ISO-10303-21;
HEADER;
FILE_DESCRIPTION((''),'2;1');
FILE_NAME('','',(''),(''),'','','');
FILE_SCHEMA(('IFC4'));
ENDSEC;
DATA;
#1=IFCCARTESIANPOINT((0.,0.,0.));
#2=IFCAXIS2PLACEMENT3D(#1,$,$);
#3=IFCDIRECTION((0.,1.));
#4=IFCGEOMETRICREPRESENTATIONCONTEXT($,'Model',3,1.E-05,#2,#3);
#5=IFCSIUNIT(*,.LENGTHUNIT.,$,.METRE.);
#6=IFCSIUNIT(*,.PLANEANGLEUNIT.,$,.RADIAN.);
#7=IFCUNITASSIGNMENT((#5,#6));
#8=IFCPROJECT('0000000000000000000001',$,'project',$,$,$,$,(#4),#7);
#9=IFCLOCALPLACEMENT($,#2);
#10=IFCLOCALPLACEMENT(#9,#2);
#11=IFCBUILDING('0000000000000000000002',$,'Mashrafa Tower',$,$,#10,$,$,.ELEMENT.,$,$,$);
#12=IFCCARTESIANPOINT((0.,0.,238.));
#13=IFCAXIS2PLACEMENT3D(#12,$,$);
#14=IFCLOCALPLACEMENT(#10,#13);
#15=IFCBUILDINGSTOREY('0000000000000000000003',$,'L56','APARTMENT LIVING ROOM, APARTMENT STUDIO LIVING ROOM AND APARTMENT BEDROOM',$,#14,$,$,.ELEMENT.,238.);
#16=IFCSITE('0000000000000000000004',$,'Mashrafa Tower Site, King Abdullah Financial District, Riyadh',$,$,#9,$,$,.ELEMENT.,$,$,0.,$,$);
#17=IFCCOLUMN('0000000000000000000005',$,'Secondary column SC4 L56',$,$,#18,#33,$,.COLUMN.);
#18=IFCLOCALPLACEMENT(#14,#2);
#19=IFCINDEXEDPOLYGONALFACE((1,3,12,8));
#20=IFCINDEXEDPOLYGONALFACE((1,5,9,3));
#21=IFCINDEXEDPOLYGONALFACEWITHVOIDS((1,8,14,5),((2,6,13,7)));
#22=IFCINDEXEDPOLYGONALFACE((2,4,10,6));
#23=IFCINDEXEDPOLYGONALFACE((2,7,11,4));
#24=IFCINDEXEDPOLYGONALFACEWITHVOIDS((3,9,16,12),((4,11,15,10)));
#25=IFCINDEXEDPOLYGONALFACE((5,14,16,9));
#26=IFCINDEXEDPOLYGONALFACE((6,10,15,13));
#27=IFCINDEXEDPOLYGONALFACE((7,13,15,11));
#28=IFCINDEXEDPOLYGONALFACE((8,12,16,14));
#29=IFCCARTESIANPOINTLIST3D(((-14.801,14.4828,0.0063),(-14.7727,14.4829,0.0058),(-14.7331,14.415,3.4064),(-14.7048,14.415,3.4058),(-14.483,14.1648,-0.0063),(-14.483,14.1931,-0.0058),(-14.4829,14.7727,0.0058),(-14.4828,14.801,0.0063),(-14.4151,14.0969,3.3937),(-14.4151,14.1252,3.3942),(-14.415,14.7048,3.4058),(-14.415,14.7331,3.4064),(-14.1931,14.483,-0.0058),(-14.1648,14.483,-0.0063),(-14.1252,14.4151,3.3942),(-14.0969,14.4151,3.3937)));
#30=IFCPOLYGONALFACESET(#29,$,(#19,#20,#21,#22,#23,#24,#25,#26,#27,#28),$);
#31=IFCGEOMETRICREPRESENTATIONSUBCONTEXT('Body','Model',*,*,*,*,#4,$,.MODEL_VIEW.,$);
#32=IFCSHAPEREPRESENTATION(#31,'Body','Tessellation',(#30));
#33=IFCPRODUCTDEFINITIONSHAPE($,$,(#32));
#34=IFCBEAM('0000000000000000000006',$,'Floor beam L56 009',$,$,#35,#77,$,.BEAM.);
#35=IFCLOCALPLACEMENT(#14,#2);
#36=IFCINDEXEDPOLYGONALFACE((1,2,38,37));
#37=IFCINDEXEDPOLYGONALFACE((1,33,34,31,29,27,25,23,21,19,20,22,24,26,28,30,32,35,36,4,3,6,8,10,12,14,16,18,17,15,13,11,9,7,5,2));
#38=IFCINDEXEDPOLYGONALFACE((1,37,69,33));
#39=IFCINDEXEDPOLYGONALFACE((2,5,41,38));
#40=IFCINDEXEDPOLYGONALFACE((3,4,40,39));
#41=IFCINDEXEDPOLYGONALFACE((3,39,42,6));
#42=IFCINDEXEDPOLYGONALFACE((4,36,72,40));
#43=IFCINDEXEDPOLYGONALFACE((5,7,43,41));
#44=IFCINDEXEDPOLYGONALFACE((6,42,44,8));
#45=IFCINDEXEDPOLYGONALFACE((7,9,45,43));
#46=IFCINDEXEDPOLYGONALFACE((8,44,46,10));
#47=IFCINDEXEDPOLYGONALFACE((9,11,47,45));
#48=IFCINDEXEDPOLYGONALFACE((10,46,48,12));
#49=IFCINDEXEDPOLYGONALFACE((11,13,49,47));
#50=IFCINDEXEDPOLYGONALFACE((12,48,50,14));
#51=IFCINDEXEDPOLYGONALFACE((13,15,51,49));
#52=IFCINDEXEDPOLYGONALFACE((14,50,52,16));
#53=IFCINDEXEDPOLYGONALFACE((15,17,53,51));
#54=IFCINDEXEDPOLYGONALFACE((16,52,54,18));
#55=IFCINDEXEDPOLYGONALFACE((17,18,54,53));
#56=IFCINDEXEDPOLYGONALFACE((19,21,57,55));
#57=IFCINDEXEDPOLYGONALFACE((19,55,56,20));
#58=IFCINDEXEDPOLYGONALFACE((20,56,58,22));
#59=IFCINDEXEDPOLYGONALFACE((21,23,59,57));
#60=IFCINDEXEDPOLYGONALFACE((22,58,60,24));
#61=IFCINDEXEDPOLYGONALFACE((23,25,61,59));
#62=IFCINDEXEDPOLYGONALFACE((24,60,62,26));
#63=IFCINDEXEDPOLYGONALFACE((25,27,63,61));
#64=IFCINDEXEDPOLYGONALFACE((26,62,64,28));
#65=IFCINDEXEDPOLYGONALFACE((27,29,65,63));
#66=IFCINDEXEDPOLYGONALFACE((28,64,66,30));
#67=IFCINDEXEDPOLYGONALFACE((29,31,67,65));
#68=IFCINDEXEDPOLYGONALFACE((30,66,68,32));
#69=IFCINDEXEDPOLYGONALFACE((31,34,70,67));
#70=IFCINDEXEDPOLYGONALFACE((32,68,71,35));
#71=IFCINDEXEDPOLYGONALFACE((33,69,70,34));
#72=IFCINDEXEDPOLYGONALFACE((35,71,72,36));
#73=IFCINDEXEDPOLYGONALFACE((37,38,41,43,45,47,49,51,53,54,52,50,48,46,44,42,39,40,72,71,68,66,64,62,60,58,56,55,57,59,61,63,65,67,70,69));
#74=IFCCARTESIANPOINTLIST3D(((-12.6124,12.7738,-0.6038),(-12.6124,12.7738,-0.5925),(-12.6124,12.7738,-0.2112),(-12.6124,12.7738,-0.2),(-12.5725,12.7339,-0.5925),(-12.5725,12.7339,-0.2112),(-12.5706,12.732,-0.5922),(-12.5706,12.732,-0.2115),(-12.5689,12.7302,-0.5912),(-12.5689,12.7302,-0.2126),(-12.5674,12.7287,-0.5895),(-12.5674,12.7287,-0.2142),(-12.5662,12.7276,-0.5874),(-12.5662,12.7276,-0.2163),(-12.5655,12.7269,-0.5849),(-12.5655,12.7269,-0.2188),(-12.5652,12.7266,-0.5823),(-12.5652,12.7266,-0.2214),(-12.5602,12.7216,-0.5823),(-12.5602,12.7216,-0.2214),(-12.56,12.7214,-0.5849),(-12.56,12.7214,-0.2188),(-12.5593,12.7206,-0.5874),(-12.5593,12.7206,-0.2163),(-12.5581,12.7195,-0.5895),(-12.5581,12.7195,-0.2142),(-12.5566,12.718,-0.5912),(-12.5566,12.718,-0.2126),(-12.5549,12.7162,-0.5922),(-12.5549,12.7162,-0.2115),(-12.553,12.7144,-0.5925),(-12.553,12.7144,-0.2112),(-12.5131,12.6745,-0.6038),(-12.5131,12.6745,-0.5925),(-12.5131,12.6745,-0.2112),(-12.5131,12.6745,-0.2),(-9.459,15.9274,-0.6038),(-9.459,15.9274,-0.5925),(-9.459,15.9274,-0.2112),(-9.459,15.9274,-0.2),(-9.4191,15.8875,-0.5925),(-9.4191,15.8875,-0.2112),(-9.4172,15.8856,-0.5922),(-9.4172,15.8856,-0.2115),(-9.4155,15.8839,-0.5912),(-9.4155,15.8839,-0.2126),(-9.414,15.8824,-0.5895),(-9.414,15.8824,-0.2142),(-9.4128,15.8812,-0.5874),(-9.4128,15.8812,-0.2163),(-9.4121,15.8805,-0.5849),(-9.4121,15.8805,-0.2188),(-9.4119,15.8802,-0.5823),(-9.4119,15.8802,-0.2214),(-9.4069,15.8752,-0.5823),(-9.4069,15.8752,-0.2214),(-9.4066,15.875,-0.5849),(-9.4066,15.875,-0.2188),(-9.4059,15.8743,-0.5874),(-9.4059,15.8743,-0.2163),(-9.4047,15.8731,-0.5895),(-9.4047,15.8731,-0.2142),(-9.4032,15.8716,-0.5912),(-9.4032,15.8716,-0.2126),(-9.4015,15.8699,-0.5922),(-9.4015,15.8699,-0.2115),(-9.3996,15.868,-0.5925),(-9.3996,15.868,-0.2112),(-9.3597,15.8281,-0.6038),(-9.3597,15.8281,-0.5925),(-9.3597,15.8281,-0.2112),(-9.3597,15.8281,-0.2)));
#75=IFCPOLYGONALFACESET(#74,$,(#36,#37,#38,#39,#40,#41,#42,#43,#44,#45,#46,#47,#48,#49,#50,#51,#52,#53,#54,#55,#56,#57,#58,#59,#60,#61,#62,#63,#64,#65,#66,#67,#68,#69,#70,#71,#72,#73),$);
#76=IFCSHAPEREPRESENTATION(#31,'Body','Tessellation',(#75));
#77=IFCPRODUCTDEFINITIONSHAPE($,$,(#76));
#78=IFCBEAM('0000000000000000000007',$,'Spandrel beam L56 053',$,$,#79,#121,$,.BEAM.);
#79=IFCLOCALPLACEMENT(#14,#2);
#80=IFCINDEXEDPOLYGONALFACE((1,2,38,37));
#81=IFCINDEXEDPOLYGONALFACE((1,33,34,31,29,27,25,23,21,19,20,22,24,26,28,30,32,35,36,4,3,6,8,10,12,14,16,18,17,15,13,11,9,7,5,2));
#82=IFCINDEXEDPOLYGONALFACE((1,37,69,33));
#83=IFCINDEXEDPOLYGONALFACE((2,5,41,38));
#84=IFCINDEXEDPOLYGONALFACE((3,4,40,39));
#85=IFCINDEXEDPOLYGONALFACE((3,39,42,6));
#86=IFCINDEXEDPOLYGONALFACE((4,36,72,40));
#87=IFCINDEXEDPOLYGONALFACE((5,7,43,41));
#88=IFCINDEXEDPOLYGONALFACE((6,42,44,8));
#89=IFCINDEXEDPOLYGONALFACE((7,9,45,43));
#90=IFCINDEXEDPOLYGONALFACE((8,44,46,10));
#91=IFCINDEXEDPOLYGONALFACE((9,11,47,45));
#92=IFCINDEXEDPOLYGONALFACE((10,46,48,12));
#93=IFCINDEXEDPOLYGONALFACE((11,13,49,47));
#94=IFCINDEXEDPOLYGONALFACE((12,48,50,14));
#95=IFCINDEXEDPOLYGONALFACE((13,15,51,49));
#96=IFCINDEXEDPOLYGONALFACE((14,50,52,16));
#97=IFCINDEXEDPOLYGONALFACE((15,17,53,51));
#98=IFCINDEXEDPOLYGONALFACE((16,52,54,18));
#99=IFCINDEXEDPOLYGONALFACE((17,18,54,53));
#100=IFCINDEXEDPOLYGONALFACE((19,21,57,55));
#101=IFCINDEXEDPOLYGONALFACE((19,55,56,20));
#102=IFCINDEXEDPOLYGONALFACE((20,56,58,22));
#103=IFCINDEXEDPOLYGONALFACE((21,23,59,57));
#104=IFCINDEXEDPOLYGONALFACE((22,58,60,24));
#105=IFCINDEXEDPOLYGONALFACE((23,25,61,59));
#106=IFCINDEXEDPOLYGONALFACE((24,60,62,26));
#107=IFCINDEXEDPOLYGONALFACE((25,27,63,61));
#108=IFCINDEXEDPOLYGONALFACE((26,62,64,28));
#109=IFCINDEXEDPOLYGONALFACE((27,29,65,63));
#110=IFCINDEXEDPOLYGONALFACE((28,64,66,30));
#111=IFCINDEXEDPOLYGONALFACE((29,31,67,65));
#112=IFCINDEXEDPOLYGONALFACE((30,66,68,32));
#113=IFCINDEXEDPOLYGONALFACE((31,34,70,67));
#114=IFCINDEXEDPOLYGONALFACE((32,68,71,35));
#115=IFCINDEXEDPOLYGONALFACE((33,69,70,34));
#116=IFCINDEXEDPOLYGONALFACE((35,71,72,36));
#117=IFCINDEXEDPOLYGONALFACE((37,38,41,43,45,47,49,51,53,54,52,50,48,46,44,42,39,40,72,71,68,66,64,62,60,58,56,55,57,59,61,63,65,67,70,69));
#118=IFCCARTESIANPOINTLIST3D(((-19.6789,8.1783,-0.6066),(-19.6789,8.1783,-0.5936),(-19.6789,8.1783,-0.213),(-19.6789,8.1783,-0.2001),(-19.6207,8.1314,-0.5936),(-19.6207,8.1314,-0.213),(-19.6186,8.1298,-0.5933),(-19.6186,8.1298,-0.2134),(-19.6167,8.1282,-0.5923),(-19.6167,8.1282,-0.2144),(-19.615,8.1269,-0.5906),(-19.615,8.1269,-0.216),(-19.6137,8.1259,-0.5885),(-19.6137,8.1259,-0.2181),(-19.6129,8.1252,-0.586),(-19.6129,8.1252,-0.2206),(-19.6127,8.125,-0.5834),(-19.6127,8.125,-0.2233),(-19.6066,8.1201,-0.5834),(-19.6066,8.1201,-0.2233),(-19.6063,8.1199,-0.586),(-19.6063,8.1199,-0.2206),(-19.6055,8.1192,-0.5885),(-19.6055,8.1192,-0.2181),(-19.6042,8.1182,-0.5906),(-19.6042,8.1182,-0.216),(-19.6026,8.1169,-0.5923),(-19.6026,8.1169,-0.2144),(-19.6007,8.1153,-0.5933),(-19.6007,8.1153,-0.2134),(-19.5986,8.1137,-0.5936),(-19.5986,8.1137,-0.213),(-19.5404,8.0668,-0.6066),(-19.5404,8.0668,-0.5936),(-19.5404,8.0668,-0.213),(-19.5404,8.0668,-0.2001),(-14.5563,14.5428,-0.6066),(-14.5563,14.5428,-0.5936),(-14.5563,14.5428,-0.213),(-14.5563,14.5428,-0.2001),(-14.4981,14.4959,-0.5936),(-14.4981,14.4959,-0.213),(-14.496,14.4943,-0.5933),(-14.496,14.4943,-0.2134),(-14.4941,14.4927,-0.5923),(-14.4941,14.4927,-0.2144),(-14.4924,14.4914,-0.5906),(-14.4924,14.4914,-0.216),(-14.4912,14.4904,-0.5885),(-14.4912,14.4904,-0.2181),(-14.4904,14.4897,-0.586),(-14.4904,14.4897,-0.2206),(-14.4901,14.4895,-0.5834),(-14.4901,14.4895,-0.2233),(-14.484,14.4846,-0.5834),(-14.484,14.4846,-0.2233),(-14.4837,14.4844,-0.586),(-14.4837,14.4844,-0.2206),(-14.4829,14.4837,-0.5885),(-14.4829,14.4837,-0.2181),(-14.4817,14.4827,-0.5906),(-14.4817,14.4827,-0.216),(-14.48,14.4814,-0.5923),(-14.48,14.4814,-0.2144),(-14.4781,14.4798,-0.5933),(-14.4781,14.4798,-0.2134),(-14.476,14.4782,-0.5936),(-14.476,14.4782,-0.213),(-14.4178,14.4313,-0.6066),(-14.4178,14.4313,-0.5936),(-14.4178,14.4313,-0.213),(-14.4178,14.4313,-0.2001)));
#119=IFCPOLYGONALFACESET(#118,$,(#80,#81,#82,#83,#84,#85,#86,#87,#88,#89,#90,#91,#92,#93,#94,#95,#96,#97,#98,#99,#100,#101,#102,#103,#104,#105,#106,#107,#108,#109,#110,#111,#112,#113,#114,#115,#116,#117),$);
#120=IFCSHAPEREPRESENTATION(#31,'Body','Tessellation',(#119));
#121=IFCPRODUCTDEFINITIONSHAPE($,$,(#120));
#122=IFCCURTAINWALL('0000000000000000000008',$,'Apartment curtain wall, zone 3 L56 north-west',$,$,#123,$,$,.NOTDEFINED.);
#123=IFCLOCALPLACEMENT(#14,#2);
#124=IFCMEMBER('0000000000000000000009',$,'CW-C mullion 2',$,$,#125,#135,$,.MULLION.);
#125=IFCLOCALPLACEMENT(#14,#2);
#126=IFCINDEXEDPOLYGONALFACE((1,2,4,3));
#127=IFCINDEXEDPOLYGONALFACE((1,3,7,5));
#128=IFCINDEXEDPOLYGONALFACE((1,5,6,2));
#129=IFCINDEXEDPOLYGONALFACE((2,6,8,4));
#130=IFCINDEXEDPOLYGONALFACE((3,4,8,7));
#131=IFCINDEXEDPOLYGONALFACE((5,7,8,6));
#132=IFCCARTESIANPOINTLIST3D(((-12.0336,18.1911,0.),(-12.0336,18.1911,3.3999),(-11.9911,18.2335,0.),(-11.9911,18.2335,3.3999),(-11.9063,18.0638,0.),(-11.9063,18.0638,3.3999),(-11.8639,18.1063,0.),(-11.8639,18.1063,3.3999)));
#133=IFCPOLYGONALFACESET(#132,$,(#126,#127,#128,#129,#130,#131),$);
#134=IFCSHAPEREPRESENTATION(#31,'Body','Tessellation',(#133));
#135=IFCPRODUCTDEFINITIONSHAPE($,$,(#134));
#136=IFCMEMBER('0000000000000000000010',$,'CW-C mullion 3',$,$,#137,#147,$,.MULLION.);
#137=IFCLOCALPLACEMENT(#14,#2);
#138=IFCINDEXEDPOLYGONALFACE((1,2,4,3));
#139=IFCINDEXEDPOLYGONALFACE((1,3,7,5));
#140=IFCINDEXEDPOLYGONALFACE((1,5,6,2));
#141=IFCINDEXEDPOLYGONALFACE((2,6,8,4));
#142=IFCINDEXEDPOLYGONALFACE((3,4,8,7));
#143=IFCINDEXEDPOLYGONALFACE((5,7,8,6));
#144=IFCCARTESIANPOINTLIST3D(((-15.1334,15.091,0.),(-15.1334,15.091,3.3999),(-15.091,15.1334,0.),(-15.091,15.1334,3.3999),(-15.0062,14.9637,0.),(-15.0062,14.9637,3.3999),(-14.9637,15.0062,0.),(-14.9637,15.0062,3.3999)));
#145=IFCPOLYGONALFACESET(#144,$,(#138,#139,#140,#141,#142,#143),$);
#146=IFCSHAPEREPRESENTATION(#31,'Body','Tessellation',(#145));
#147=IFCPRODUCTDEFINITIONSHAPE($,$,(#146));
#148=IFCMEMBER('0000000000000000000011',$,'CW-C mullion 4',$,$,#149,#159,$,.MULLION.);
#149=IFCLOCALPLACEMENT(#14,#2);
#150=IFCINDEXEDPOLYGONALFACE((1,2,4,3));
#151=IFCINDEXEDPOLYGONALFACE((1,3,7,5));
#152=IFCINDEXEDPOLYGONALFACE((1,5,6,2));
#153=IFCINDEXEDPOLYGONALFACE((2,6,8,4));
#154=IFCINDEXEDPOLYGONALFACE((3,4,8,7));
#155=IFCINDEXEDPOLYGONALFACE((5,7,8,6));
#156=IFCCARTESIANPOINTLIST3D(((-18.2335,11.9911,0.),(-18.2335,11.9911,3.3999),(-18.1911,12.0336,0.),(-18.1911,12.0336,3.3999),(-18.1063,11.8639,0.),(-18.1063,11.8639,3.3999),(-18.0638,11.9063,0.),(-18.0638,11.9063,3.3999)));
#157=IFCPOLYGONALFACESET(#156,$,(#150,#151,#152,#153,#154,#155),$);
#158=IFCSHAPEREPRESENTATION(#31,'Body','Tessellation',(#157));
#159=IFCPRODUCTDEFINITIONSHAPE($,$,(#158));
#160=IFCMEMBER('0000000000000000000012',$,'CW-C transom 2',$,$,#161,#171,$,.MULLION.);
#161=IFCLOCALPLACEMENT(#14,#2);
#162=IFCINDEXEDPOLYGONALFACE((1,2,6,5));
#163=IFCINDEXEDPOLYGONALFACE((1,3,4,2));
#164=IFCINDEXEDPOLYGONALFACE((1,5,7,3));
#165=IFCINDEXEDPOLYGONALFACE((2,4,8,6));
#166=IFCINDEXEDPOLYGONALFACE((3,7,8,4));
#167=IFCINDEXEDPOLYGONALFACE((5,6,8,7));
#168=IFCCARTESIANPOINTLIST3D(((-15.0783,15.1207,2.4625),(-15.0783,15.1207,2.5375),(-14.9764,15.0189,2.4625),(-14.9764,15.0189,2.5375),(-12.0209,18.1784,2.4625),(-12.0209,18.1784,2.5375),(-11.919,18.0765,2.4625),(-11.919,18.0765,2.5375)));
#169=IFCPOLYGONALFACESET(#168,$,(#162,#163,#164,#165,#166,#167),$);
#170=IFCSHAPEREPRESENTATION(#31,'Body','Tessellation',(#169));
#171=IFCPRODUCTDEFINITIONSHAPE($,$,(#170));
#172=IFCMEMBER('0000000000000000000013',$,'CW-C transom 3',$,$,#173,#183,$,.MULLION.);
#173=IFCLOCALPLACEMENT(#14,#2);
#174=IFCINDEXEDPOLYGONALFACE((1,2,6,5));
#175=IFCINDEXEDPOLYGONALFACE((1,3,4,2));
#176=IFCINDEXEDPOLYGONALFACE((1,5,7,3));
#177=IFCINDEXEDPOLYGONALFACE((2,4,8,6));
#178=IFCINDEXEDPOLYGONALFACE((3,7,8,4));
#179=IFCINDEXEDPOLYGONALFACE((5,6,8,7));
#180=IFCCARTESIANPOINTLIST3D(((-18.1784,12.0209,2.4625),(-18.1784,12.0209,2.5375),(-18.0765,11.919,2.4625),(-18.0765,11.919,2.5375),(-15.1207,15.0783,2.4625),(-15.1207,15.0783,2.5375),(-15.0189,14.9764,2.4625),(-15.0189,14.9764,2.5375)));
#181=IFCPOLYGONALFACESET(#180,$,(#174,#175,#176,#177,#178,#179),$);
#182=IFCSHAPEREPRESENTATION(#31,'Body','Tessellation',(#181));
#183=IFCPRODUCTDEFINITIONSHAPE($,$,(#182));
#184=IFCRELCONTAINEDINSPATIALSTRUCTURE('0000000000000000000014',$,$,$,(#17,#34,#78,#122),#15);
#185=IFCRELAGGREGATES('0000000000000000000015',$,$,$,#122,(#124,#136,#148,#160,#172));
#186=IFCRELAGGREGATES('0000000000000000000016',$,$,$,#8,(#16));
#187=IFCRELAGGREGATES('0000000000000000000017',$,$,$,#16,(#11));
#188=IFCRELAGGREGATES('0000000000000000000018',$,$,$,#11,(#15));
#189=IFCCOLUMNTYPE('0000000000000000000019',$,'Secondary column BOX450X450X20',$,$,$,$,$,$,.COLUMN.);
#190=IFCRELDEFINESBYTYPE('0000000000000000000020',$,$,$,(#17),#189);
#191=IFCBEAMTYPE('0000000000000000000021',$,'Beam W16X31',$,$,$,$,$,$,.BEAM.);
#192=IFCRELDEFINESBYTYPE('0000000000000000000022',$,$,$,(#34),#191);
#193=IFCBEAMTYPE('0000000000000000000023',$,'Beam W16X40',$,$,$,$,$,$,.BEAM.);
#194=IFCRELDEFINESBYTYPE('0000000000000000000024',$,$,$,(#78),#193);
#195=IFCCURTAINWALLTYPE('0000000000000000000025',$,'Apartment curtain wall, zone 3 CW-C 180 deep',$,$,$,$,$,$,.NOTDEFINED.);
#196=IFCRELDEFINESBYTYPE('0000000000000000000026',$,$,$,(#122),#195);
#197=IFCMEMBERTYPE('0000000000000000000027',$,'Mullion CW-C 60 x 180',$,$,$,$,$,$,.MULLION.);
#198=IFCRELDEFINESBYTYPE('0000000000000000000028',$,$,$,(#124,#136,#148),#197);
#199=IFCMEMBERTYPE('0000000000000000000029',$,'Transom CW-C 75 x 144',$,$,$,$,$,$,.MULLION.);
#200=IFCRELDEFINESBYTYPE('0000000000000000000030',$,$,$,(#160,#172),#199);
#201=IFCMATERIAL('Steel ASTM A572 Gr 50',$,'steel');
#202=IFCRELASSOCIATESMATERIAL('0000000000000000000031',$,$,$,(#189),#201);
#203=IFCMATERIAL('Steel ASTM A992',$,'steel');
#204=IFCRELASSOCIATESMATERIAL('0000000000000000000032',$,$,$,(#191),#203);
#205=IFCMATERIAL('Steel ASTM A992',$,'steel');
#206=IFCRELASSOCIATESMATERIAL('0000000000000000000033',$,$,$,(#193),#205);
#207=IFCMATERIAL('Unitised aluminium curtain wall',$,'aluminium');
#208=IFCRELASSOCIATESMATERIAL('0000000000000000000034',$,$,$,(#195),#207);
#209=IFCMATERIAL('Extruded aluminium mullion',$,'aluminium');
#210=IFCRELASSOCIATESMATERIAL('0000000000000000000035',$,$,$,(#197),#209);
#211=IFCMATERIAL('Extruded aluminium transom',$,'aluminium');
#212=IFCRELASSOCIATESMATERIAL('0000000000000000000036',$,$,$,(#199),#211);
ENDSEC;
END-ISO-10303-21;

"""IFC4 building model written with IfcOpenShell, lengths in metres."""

from ifc_helpers import new_model, si_unit, direction, frame, origin, origin_2d, place, context, subcontext, project, spatial, rectangle, hollow_rectangle, i_section, extrude, source, transform, mapped, material, material_profile, profile_set, type_object, type_shapes, element, aggregate, save


model = new_model("IFC4")

# Units and contexts
model_context = context("Model", 3, precision=1e-05, world=origin(), true_north=direction((0.0, 1.0)))
body_context = subcontext(model_context, "Body", "Model", "MODEL_VIEW")
ifc_project = project(units=[si_unit("LENGTHUNIT", "METRE"), si_unit("PLANEANGLEUNIT", "RADIAN")], contexts=[model_context])

# Site, building, storey
site_placement = place(None, origin())
site = spatial("IfcSite", under=ifc_project, at=site_placement, Name="Mashrafa Tower Site, King Abdullah Financial District, Riyadh", CompositionType="ELEMENT", RefElevation=0.0)
building_placement = place(site_placement, origin())
building = spatial("IfcBuilding", under=site, at=building_placement, Name="Mashrafa Tower", CompositionType="ELEMENT")
storey_placement = place(building_placement, frame((0.0, 0.0, 238.0)))
storey = spatial("IfcBuildingStorey", under=building, at=storey_placement, Name="L56", Description="APARTMENT LIVING ROOM, APARTMENT STUDIO LIVING ROOM AND APARTMENT BEDROOM", CompositionType="ELEMENT", Elevation=238.0)

# Column
ifc_material_1 = material(Name="Steel ASTM A572 Gr 50", Category="steel")
ifc_material_profile_1 = material_profile(ifc_material_1, hollow_rectangle(XDim=0.45, YDim=0.45, WallThickness=0.02, at=origin_2d()), Name="BOX450X450X20")
ifc_profile_set_1 = profile_set([ifc_material_profile_1], Name="Steel ASTM A572 Gr 50")
column_type = type_object("IfcColumnType", Name="Secondary column BOX450X450X20", PredefinedType="COLUMN", material=ifc_profile_set_1)
column_placement = place(storey_placement, frame((-14.4829, 14.4829, 0.0), z_axis=(0.019955, -0.019955, 0.999602), x_axis=(0.707107, 0.707107, 0.0)))
element("IfcColumn", 1, at=column_placement, inside=storey, type_object=column_type, Name="Secondary column SC4 L56", PredefinedType="COLUMN", context=body_context, shape_type="SweptSolid", body=[
    extrude(hollow_rectangle(XDim=0.45, YDim=0.45, WallThickness=0.02, at=origin_2d()), origin(), (0.0, 0.0, 1.0), 3.4014),
])

# Beams
ifc_material_2 = material(Name="Steel ASTM A992", Category="steel")
ifc_material_profile_2 = material_profile(ifc_material_2, i_section(OverallWidth=0.1404, OverallDepth=0.4038, WebThickness=0.0071, FlangeThickness=0.0112, FilletRadius=0.0103, at=origin_2d()), Name="W16X31")
ifc_profile_set_2 = profile_set([ifc_material_profile_2], Name="Steel ASTM A992")
beam_type_1 = type_object("IfcBeamType", Name="Beam W16X31", PredefinedType="BEAM", material=ifc_profile_set_2)
beam_1_placement = place(storey_placement, frame((-12.5627, 12.7241, -0.4019), z_axis=(0.707079, 0.707134, 0.0), x_axis=(-0.707134, 0.707079, 0.0)))
element("IfcBeam", 2, at=beam_1_placement, inside=storey, type_object=beam_type_1, Name="Floor beam L56 009", PredefinedType="BEAM", context=body_context, shape_type="SweptSolid", body=[
    extrude(i_section(OverallWidth=0.1404, OverallDepth=0.4038, WebThickness=0.0071, FlangeThickness=0.0112, FilletRadius=0.0103, at=origin_2d()), origin(), (0.0, 0.0, 1.0), 4.4597),
])
ifc_material_3 = material(Name="Steel ASTM A992", Category="steel")
ifc_material_profile_3 = material_profile(ifc_material_3, i_section(OverallWidth=0.1777, OverallDepth=0.4065, WebThickness=0.0078, FlangeThickness=0.0129, FilletRadius=0.0103, at=origin_2d()), Name="W16X40")
ifc_profile_set_3 = profile_set([ifc_material_profile_3], Name="Steel ASTM A992")
beam_type_2 = type_object("IfcBeamType", Name="Beam W16X40", PredefinedType="BEAM", material=ifc_profile_set_3)
beam_2_placement = place(storey_placement, frame((-14.4871, 14.4871, -0.4033), z_axis=(-0.627003, -0.779017, 0.0), x_axis=(0.779017, -0.627003, 0.0)))
element("IfcBeam", 3, at=beam_2_placement, inside=storey, type_object=beam_type_2, Name="Spandrel beam L56 053", PredefinedType="BEAM", context=body_context, shape_type="SweptSolid", body=[
    extrude(i_section(OverallWidth=0.1777, OverallDepth=0.4065, WebThickness=0.0078, FlangeThickness=0.0129, FilletRadius=0.0103, at=origin_2d()), origin(), (0.0, 0.0, 1.0), 8.1699),
])

# Curtain wall, members
ifc_material_4 = material(Name="Unitised aluminium curtain wall", Category="aluminium")
curtain_wall_type = type_object("IfcCurtainWallType", Name="Apartment curtain wall, zone 3 CW-C 180 deep", PredefinedType="NOTDEFINED", material=ifc_material_4)
curtain_wall_placement = place(storey_placement, origin())
curtain_wall = element("IfcCurtainWall", 4, at=curtain_wall_placement, inside=storey, type_object=curtain_wall_type, Name="Apartment curtain wall, zone 3 L56 north-west", PredefinedType="NOTDEFINED")
ifc_material_5 = material(Name="Extruded aluminium mullion", Category="aluminium")
ifc_material_profile_4 = material_profile(ifc_material_5, rectangle(XDim=0.1799, YDim=0.0601, at=origin_2d()), Name="Mullion 60x180")
ifc_profile_set_4 = profile_set([ifc_material_profile_4], Name="Extruded aluminium mullion")
member_type_1 = type_object("IfcMemberType", Name="Mullion CW-C 60 x 180", PredefinedType="MULLION", material=ifc_profile_set_4)
shared_shape_1 = source(origin(), body_context, "Body", "SweptSolid", [
    extrude(rectangle(XDim=0.1799, YDim=0.0601, at=origin_2d()), origin(), (0.0, 0.0, 1.0), 3.3999),
])
type_shapes(member_type_1, [shared_shape_1])
member_1_placement = place(storey_placement, frame((-11.9487, 18.1487, 0.0), z_axis=(0.0, 0.0, 1.0), x_axis=(0.707107, -0.707107, 0.0)))
member_1 = element("IfcMember", 5, at=member_1_placement, type_object=member_type_1, Name="CW-C mullion 2", PredefinedType="MULLION", context=body_context, shape_type="MappedRepresentation", body=[
    mapped(shared_shape_1, transform((0.0, 0.0, 0.0))),
])
member_2_placement = place(storey_placement, frame((-15.0486, 15.0486, 0.0), z_axis=(0.0, 0.0, 1.0), x_axis=(0.707107, -0.707107, 0.0)))
member_2 = element("IfcMember", 6, at=member_2_placement, type_object=member_type_1, Name="CW-C mullion 3", PredefinedType="MULLION", context=body_context, shape_type="MappedRepresentation", body=[
    mapped(shared_shape_1, transform((0.0, 0.0, 0.0))),
])
member_3_placement = place(storey_placement, frame((-18.1487, 11.9487, 0.0), z_axis=(0.0, 0.0, 1.0), x_axis=(0.707107, -0.707107, 0.0)))
member_3 = element("IfcMember", 7, at=member_3_placement, type_object=member_type_1, Name="CW-C mullion 4", PredefinedType="MULLION", context=body_context, shape_type="MappedRepresentation", body=[
    mapped(shared_shape_1, transform((0.0, 0.0, 0.0))),
])
ifc_material_6 = material(Name="Extruded aluminium transom", Category="aluminium")
ifc_material_profile_5 = material_profile(ifc_material_6, rectangle(XDim=0.144, YDim=0.075, at=origin_2d()), Name="Transom 75x144")
ifc_profile_set_5 = profile_set([ifc_material_profile_5], Name="Extruded aluminium transom")
member_type_2 = type_object("IfcMemberType", Name="Transom CW-C 75 x 144", PredefinedType="MULLION", material=ifc_profile_set_5)
shared_shape_2 = source(origin(), body_context, "Body", "SweptSolid", [
    extrude(rectangle(XDim=0.144, YDim=0.075, at=origin_2d()), origin(), (0.0, 0.0, 1.0), 4.324),
])
member_4_placement = place(storey_placement, frame((-11.97, 18.1274, 2.5), z_axis=(-0.707079, -0.707135, 0.0), x_axis=(0.707135, -0.707079, 0.0)))
member_4 = element("IfcMember", 8, at=member_4_placement, type_object=member_type_2, Name="CW-C transom 2", PredefinedType="MULLION", context=body_context, shape_type="MappedRepresentation", body=[
    mapped(shared_shape_2, transform((0.0, 0.0, 0.0))),
])
member_5_placement = place(storey_placement, frame((-15.0698, 15.0273, 2.5), z_axis=(-0.707135, -0.707079, 0.0), x_axis=(0.707079, -0.707135, 0.0)))
member_5 = element("IfcMember", 9, at=member_5_placement, type_object=member_type_2, Name="CW-C transom 3", PredefinedType="MULLION", context=body_context, shape_type="MappedRepresentation", body=[
    mapped(shared_shape_2, transform((0.0, 0.0, 0.0))),
])
aggregate(curtain_wall, [member_1, member_2, member_3, member_4, member_5])

save(model, "model.ifc")
